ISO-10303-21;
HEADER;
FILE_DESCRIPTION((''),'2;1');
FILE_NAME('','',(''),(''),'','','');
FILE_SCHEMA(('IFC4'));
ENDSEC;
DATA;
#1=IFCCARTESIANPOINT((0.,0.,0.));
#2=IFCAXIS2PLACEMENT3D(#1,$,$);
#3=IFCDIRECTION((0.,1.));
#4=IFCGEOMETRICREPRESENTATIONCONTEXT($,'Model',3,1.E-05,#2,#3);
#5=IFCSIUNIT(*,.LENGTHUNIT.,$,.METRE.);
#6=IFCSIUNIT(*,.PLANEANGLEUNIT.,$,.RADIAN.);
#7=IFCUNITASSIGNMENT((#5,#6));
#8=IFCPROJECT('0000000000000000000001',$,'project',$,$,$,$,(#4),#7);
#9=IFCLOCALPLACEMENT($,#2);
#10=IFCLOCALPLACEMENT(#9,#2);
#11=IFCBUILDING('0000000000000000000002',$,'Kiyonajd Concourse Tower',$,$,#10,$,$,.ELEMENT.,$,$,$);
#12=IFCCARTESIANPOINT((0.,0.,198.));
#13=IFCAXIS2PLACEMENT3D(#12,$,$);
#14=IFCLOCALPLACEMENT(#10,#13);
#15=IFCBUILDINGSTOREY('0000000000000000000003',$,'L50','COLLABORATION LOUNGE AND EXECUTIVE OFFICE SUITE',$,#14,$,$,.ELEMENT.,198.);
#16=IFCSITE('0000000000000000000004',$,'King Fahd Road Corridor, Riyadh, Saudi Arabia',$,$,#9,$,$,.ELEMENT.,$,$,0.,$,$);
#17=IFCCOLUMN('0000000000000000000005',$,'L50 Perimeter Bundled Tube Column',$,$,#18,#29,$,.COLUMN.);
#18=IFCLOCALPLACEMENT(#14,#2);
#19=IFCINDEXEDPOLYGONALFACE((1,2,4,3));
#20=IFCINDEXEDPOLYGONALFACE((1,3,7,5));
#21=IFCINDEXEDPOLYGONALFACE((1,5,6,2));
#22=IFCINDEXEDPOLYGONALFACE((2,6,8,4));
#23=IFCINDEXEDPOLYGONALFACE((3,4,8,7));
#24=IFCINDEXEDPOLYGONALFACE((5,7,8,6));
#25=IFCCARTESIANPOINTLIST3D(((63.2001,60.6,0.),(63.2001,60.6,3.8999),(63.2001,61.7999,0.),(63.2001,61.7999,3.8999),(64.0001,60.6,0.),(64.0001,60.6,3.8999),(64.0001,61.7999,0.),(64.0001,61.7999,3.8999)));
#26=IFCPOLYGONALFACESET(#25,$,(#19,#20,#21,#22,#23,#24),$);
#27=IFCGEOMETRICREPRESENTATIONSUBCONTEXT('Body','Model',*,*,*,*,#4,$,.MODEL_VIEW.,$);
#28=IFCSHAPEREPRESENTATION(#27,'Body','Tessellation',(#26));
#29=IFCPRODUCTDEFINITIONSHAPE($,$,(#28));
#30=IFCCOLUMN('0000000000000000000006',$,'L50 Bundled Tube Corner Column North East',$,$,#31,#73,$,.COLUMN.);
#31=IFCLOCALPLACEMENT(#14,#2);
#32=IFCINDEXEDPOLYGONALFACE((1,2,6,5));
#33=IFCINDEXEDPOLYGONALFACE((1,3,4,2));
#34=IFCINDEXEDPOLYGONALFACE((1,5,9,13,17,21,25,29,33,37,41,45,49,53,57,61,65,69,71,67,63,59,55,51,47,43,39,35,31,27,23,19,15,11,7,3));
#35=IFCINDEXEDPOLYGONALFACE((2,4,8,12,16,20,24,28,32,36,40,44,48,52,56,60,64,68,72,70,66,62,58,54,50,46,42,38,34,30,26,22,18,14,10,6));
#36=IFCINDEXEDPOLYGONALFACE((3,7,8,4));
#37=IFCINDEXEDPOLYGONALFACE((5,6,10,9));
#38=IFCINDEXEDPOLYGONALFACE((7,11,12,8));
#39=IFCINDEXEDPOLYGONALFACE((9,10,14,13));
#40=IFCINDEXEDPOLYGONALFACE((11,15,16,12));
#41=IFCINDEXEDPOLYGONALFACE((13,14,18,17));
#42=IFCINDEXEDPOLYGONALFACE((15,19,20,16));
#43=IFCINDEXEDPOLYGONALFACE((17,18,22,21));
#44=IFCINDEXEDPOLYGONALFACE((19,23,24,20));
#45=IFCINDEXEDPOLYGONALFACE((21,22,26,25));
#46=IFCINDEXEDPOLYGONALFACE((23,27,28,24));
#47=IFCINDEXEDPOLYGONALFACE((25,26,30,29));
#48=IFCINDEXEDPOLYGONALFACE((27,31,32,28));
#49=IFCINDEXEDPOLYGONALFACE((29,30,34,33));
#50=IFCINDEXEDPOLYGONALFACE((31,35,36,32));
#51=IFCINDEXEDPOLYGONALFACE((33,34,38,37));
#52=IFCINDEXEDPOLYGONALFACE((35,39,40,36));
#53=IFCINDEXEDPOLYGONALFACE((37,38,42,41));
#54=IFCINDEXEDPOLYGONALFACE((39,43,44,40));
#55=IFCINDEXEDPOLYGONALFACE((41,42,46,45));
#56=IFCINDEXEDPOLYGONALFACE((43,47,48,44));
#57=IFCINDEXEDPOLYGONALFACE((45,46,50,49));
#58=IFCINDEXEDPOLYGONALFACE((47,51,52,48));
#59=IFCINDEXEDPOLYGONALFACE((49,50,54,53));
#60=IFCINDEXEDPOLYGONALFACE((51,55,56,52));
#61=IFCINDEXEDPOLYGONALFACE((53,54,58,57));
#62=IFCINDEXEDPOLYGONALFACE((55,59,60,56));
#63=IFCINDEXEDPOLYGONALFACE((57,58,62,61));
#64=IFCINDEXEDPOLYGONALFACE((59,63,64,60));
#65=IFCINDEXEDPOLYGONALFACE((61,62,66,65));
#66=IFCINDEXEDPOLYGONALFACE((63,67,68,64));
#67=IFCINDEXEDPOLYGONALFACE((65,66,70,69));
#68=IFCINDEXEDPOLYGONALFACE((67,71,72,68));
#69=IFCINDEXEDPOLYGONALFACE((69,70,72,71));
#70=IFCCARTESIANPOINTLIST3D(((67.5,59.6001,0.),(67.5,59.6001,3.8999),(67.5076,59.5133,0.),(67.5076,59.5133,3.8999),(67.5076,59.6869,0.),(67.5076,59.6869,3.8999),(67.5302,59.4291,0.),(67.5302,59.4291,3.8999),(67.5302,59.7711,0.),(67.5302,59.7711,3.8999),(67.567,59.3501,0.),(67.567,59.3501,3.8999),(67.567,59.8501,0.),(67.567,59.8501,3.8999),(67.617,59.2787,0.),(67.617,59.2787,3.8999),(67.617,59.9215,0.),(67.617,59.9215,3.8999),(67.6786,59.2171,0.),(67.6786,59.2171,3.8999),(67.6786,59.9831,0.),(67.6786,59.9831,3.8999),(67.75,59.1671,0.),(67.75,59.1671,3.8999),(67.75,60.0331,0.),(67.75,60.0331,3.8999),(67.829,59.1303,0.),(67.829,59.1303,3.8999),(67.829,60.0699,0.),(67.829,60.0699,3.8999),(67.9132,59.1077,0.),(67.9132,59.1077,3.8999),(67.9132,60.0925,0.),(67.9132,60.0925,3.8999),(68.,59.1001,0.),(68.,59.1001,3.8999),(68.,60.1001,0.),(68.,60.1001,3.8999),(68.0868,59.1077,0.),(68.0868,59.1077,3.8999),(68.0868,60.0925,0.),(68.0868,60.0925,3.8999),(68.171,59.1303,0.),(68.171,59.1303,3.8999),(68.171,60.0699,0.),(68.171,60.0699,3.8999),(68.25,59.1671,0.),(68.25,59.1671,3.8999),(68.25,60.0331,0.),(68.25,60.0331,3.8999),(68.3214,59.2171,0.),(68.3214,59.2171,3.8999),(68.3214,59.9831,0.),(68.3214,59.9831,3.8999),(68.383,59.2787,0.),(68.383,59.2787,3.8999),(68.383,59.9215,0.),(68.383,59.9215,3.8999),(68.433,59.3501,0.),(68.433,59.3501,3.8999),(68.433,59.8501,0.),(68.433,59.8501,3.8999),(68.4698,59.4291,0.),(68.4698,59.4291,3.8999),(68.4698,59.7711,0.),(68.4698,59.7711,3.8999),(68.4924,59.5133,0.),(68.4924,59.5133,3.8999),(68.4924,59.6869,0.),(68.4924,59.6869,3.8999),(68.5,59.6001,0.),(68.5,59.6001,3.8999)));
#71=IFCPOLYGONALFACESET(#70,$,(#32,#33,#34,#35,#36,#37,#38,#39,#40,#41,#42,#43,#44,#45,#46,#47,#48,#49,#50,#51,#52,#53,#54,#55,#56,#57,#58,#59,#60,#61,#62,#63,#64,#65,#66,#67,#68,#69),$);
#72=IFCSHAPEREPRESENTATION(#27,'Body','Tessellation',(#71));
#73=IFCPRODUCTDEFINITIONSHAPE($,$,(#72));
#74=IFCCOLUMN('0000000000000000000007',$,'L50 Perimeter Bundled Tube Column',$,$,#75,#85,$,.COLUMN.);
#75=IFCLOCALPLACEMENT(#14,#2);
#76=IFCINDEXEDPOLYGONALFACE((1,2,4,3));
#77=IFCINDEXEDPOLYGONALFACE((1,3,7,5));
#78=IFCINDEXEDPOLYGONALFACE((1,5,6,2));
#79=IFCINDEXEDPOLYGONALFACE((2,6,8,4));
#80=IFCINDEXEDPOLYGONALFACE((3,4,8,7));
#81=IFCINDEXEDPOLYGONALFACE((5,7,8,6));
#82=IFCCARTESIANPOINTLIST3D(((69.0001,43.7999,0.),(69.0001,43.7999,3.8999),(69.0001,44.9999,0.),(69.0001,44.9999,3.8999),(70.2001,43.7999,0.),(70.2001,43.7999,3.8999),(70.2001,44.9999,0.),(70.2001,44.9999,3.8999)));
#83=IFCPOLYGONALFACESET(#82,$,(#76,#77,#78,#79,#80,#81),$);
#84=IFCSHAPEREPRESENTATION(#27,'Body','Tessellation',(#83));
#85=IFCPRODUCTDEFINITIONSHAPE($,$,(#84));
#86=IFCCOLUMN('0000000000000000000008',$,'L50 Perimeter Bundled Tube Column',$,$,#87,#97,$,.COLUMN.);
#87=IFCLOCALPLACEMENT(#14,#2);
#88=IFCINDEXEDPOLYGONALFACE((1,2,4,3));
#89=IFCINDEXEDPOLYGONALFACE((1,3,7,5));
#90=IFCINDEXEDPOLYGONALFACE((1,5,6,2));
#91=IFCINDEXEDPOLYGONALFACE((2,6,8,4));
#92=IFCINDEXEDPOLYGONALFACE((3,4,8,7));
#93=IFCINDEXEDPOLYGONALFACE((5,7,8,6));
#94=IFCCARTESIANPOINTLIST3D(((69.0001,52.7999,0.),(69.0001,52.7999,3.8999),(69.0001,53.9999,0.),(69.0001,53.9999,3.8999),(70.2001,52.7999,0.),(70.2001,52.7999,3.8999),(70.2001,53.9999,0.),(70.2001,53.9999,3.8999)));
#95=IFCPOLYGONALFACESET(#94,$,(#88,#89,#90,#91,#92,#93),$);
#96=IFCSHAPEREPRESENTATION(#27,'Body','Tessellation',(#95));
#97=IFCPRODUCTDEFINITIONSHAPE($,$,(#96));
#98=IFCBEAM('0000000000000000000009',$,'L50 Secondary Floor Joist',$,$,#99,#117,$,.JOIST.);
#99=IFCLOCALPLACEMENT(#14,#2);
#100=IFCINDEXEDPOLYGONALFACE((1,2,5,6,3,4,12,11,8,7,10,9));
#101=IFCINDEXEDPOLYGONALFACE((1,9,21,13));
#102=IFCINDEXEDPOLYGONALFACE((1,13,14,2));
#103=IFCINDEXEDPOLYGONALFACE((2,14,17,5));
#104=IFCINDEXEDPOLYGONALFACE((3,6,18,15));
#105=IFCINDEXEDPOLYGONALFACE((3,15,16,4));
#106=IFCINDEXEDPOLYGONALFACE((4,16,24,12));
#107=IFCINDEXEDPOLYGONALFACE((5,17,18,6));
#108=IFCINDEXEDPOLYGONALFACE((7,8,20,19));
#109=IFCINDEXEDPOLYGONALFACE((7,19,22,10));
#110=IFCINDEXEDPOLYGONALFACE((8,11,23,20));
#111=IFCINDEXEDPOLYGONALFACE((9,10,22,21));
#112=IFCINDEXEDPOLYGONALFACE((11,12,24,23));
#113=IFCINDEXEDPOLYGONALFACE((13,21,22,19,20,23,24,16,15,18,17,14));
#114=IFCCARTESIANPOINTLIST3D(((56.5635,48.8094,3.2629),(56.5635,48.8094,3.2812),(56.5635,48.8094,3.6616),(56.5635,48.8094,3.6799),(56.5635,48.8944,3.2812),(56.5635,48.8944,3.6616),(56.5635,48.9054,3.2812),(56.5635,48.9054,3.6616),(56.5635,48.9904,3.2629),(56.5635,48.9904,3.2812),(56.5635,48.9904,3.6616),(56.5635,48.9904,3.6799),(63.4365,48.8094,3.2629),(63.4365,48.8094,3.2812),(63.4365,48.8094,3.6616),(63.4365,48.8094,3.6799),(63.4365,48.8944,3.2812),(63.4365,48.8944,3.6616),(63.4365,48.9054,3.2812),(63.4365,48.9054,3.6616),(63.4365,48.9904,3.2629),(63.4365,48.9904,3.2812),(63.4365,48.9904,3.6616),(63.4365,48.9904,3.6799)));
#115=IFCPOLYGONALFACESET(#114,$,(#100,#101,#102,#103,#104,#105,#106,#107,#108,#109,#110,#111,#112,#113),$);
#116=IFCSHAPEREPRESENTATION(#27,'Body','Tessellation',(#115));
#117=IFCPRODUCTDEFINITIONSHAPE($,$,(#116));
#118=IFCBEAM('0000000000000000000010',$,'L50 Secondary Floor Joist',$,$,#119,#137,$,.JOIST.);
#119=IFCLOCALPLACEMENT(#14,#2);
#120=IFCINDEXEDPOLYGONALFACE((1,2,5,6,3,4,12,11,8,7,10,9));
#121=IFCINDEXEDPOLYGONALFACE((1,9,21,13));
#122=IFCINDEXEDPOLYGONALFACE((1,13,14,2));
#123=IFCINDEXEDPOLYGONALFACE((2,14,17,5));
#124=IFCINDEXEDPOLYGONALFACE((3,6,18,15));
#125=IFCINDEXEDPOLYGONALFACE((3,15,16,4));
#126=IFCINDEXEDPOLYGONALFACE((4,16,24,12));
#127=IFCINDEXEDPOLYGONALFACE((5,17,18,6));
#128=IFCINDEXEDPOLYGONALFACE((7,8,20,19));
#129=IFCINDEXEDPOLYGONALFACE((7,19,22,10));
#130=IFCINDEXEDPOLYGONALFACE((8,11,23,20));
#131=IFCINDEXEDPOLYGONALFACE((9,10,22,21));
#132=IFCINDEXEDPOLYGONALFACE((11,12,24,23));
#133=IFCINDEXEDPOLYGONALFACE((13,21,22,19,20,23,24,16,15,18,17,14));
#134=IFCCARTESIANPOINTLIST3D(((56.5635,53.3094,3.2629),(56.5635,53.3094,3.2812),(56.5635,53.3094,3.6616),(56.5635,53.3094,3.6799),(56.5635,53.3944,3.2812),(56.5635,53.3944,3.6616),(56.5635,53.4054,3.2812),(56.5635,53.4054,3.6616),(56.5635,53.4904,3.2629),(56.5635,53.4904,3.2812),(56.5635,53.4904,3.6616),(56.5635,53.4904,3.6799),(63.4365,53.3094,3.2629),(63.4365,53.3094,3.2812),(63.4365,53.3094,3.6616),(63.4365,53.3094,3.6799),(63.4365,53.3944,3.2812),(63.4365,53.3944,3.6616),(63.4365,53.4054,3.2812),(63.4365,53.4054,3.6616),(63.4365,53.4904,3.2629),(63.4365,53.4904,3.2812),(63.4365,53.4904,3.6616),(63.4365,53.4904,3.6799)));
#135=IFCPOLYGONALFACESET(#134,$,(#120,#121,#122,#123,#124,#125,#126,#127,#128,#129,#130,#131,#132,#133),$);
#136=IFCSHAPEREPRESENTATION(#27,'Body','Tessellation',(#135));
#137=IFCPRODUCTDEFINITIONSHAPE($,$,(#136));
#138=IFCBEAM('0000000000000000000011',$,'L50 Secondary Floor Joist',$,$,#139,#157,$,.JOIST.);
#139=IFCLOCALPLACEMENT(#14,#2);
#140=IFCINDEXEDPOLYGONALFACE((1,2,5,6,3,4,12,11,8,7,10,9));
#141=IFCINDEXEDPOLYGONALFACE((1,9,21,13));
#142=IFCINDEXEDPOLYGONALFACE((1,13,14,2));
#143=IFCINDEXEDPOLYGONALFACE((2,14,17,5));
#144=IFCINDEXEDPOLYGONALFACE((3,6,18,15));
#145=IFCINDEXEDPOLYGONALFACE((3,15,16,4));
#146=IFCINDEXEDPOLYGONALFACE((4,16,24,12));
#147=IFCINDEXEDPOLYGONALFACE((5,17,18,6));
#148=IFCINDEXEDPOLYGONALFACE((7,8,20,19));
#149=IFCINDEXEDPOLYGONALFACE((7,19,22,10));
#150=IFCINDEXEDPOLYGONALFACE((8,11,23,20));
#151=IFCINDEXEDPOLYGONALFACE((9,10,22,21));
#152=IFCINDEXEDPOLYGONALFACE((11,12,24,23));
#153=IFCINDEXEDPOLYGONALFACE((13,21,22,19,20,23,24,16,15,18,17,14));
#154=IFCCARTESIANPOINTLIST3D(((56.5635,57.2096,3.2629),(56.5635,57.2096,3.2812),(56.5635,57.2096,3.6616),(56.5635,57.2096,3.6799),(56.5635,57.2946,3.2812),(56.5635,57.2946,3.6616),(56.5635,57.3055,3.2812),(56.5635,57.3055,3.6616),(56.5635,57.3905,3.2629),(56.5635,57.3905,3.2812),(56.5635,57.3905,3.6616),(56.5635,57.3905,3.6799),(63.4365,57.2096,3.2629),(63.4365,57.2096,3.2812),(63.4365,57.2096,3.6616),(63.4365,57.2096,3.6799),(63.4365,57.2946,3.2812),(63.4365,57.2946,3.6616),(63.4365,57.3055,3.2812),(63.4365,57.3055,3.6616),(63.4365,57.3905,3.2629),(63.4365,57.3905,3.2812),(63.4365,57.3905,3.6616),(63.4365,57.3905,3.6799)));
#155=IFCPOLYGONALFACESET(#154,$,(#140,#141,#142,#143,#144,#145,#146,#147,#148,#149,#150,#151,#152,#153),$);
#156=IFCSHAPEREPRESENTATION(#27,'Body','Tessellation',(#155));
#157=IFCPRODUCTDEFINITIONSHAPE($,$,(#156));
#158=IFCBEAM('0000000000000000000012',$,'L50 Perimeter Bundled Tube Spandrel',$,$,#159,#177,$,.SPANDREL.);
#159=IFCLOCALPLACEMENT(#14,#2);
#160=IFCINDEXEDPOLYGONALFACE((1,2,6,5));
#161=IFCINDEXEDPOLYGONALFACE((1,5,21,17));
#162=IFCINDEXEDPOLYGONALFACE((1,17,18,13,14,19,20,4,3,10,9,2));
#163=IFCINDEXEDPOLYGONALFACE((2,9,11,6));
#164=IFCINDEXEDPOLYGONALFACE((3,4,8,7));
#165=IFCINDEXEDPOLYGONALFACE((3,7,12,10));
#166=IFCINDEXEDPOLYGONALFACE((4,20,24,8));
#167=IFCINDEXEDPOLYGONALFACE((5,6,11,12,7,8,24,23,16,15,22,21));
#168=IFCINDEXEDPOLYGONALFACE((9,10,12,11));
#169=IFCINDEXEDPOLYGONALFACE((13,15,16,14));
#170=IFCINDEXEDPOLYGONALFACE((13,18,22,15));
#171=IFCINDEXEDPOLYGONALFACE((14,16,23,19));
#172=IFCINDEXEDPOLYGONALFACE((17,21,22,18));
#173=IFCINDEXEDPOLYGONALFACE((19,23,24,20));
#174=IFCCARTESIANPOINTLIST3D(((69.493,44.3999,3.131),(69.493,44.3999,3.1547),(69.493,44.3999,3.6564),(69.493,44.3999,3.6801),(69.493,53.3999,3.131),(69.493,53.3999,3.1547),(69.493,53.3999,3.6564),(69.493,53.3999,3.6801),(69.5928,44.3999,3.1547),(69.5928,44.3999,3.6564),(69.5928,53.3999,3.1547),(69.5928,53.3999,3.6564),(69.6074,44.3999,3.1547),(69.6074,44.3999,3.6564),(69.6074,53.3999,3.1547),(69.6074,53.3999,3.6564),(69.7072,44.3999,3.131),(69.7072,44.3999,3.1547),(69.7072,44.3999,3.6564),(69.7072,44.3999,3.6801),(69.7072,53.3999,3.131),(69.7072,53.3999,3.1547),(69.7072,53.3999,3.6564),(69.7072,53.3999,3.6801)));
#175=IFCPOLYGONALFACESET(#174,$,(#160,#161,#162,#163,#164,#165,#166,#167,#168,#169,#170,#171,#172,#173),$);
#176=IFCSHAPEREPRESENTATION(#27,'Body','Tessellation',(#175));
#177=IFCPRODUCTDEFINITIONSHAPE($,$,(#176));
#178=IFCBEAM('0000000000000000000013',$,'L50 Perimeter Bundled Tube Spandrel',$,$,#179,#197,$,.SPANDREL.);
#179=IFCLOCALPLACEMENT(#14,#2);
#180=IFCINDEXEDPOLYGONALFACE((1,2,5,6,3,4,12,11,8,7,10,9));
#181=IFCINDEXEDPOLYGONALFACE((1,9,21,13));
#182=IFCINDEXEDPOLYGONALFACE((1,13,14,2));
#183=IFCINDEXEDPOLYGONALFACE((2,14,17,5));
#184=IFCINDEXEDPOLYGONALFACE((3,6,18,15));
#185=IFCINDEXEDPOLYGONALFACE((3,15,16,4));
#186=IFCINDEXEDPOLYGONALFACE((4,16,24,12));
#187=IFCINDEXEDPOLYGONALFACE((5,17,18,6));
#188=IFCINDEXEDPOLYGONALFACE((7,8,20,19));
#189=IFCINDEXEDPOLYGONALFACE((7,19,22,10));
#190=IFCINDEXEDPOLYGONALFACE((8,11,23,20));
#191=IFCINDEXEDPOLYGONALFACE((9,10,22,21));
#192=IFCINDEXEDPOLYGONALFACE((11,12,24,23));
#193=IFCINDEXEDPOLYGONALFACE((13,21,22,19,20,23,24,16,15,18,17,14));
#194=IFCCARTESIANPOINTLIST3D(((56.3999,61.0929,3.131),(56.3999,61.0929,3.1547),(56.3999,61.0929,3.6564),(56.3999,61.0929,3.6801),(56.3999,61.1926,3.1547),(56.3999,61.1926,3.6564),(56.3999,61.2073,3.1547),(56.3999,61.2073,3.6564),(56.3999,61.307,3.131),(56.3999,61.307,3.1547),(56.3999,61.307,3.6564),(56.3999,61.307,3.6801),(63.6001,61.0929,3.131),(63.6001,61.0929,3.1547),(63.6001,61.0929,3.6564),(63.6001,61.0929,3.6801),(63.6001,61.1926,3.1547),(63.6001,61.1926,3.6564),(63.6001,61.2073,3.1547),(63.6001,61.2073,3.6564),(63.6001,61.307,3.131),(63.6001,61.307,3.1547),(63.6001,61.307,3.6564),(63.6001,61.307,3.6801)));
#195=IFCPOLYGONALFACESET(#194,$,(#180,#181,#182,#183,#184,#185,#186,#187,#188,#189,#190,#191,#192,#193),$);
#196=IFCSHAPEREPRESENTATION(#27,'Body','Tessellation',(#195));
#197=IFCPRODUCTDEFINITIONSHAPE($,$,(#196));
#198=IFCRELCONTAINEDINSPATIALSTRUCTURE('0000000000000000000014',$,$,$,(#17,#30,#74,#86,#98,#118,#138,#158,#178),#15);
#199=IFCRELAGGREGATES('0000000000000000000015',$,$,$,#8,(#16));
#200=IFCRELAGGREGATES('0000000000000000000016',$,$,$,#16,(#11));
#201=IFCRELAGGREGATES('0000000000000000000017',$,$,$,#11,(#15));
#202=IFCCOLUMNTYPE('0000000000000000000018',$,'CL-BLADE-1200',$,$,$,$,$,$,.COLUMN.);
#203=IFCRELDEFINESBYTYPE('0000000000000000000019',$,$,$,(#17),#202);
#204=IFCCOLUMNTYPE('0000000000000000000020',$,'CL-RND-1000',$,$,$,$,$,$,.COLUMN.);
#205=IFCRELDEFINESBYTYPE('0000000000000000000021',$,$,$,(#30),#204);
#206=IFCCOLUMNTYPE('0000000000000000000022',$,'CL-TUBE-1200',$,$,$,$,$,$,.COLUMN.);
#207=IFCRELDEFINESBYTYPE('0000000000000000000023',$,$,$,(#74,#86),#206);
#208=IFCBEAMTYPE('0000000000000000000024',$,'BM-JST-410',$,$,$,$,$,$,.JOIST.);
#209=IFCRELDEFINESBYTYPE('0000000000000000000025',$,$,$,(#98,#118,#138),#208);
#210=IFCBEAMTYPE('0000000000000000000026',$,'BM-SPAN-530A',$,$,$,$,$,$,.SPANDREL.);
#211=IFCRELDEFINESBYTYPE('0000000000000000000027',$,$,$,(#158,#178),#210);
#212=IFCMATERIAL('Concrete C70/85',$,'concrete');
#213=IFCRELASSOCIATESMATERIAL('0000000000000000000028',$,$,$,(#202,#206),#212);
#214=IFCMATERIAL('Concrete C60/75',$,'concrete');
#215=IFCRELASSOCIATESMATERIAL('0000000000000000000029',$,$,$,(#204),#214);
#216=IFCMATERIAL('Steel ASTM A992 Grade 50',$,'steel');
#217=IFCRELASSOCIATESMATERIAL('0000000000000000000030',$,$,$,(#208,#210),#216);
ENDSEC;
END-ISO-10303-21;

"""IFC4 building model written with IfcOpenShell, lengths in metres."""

from ifc_helpers import new_model, si_unit, direction, frame, origin, origin_2d, place, context, subcontext, project, spatial, rectangle, circle, i_section, extrude, material, material_profile, profile_set, type_object, element, save


model = new_model("IFC4")

# Units and contexts
model_context = context("Model", 3, precision=1e-05, world=origin(), true_north=direction((0.0, 1.0)))
body_context = subcontext(model_context, "Body", "Model", "MODEL_VIEW")
ifc_project = project(units=[si_unit("LENGTHUNIT", "METRE"), si_unit("PLANEANGLEUNIT", "RADIAN")], contexts=[model_context])

# Site, building, storey
site_placement = place(None, origin())
site = spatial("IfcSite", under=ifc_project, at=site_placement, Name="King Fahd Road Corridor, Riyadh, Saudi Arabia", CompositionType="ELEMENT", RefElevation=0.0)
building_placement = place(site_placement, origin())
building = spatial("IfcBuilding", under=site, at=building_placement, Name="Kiyonajd Concourse Tower", CompositionType="ELEMENT")
storey_placement = place(building_placement, frame((0.0, 0.0, 198.0)))
storey = spatial("IfcBuildingStorey", under=building, at=storey_placement, Name="L50", Description="COLLABORATION LOUNGE AND EXECUTIVE OFFICE SUITE", CompositionType="ELEMENT", Elevation=198.0)

# Columns
ifc_material_1 = material(Name="Concrete C70/85", Category="concrete")
ifc_material_profile_1 = material_profile(ifc_material_1, rectangle(XDim=0.8, YDim=1.2, at=origin_2d()), Name="RC-1200x800")
ifc_profile_set_1 = profile_set([ifc_material_profile_1], Name="Concrete C70/85")
column_type_1 = type_object("IfcColumnType", Name="CL-BLADE-1200", PredefinedType="COLUMN", material=ifc_profile_set_1)
column_1_placement = place(storey_placement, frame((63.6001, 61.2, 0.0), z_axis=(0.0, 0.0, 1.0), x_axis=(1.0, 0.0, 0.0)))
element("IfcColumn", 1, at=column_1_placement, inside=storey, type_object=column_type_1, Name="L50 Perimeter Bundled Tube Column", PredefinedType="COLUMN", context=body_context, shape_type="SweptSolid", body=[
    extrude(rectangle(XDim=0.8, YDim=1.2, at=origin_2d()), origin(), (0.0, 0.0, 1.0), 3.8999),
])
ifc_material_2 = material(Name="Concrete C60/75", Category="concrete")
ifc_material_profile_2 = material_profile(ifc_material_2, circle(Radius=0.5, at=origin_2d()), Name="RCC-D1000")
ifc_profile_set_2 = profile_set([ifc_material_profile_2], Name="Concrete C60/75")
column_type_2 = type_object("IfcColumnType", Name="CL-RND-1000", PredefinedType="COLUMN", material=ifc_profile_set_2)
column_2_placement = place(storey_placement, frame((68.0, 59.6001, 0.0), z_axis=(0.0, 0.0, 1.0), x_axis=(1.0, 0.0, 0.0)))
element("IfcColumn", 2, at=column_2_placement, inside=storey, type_object=column_type_2, Name="L50 Bundled Tube Corner Column North East", PredefinedType="COLUMN", context=body_context, shape_type="SweptSolid", body=[
    extrude(circle(Radius=0.5, at=origin_2d()), origin(), (0.0, 0.0, 1.0), 3.8999),
])
ifc_material_profile_3 = material_profile(ifc_material_1, rectangle(XDim=1.2, YDim=1.2, at=origin_2d()), Name="RC-1200x1200")
ifc_profile_set_3 = profile_set([ifc_material_profile_3], Name="Concrete C70/85")
column_type_3 = type_object("IfcColumnType", Name="CL-TUBE-1200", PredefinedType="COLUMN", material=ifc_profile_set_3)
for number, where, z_axis, x_axis, name in (
    (3, (69.6001, 44.3999, 0.0), (0.0, 0.0, 1.0), (1.0, 0.0, 0.0), "L50 Perimeter Bundled Tube Column"),
    (4, (69.6001, 53.3999, 0.0), (0.0, 0.0, 1.0), (1.0, 0.0, 0.0), "L50 Perimeter Bundled Tube Column"),
):
    element("IfcColumn", number, at=place(storey_placement, frame(where, z_axis=z_axis, x_axis=x_axis)), inside=storey, type_object=column_type_3, Name=name, PredefinedType="COLUMN", context=body_context, shape_type="SweptSolid", body=[
        extrude(rectangle(XDim=1.2, YDim=1.2, at=origin_2d()), origin(), (0.0, 0.0, 1.0), 3.8999),
    ])

# Beams
ifc_material_3 = material(Name="Steel ASTM A992 Grade 50", Category="steel")
ifc_material_profile_4 = material_profile(ifc_material_3, i_section(OverallWidth=0.1809, OverallDepth=0.417, WebThickness=0.011, FlangeThickness=0.0183, at=origin_2d()), Name="W410X85")
ifc_profile_set_4 = profile_set([ifc_material_profile_4], Name="Steel ASTM A992 Grade 50")
beam_type_1 = type_object("IfcBeamType", Name="BM-JST-410", PredefinedType="JOIST", material=ifc_profile_set_4)
for number, where, z_axis, x_axis, name in (
    (5, (56.5635, 48.8999, 3.4714), (1.0, 0.0, 0.0), (0.0, 1.0, 0.0), "L50 Secondary Floor Joist"),
    (6, (56.5635, 53.3999, 3.4714), (1.0, 0.0, 0.0), (0.0, 1.0, 0.0), "L50 Secondary Floor Joist"),
    (7, (56.5635, 57.3, 3.4714), (1.0, 0.0, 0.0), (0.0, 1.0, 0.0), "L50 Secondary Floor Joist"),
):
    element("IfcBeam", number, at=place(storey_placement, frame(where, z_axis=z_axis, x_axis=x_axis)), inside=storey, type_object=beam_type_1, Name=name, PredefinedType="JOIST", context=body_context, shape_type="SweptSolid", body=[
        extrude(i_section(OverallWidth=0.1809, OverallDepth=0.417, WebThickness=0.011, FlangeThickness=0.0183, at=origin_2d()), origin(), (0.0, 0.0, 1.0), 6.873),
    ])
ifc_material_profile_5 = material_profile(ifc_material_3, i_section(OverallWidth=0.2141, OverallDepth=0.5491, WebThickness=0.0146, FlangeThickness=0.0237, at=origin_2d()), Name="W530X138")
ifc_profile_set_5 = profile_set([ifc_material_profile_5], Name="Steel ASTM A992 Grade 50")
beam_type_2 = type_object("IfcBeamType", Name="BM-SPAN-530A", PredefinedType="SPANDREL", material=ifc_profile_set_5)
beam_1_placement = place(storey_placement, frame((69.6001, 44.3999, 3.4055), z_axis=(0.0, 1.0, 0.0), x_axis=(-1.0, 0.0, 0.0)))
element("IfcBeam", 8, at=beam_1_placement, inside=storey, type_object=beam_type_2, Name="L50 Perimeter Bundled Tube Spandrel", PredefinedType="SPANDREL", context=body_context, shape_type="SweptSolid", body=[
    extrude(i_section(OverallWidth=0.2141, OverallDepth=0.5491, WebThickness=0.0146, FlangeThickness=0.0237, at=origin_2d()), origin(), (0.0, 0.0, 1.0), 9.0),
])
beam_2_placement = place(storey_placement, frame((63.6001, 61.2, 3.4055), z_axis=(-1.0, 0.0, 0.0), x_axis=(0.0, -1.0, 0.0)))
element("IfcBeam", 9, at=beam_2_placement, inside=storey, type_object=beam_type_2, Name="L50 Perimeter Bundled Tube Spandrel", PredefinedType="SPANDREL", context=body_context, shape_type="SweptSolid", body=[
    extrude(i_section(OverallWidth=0.2141, OverallDepth=0.5491, WebThickness=0.0146, FlangeThickness=0.0237, at=origin_2d()), origin(), (0.0, 0.0, 1.0), 7.2002),
])

save(model, "model.ifc")
